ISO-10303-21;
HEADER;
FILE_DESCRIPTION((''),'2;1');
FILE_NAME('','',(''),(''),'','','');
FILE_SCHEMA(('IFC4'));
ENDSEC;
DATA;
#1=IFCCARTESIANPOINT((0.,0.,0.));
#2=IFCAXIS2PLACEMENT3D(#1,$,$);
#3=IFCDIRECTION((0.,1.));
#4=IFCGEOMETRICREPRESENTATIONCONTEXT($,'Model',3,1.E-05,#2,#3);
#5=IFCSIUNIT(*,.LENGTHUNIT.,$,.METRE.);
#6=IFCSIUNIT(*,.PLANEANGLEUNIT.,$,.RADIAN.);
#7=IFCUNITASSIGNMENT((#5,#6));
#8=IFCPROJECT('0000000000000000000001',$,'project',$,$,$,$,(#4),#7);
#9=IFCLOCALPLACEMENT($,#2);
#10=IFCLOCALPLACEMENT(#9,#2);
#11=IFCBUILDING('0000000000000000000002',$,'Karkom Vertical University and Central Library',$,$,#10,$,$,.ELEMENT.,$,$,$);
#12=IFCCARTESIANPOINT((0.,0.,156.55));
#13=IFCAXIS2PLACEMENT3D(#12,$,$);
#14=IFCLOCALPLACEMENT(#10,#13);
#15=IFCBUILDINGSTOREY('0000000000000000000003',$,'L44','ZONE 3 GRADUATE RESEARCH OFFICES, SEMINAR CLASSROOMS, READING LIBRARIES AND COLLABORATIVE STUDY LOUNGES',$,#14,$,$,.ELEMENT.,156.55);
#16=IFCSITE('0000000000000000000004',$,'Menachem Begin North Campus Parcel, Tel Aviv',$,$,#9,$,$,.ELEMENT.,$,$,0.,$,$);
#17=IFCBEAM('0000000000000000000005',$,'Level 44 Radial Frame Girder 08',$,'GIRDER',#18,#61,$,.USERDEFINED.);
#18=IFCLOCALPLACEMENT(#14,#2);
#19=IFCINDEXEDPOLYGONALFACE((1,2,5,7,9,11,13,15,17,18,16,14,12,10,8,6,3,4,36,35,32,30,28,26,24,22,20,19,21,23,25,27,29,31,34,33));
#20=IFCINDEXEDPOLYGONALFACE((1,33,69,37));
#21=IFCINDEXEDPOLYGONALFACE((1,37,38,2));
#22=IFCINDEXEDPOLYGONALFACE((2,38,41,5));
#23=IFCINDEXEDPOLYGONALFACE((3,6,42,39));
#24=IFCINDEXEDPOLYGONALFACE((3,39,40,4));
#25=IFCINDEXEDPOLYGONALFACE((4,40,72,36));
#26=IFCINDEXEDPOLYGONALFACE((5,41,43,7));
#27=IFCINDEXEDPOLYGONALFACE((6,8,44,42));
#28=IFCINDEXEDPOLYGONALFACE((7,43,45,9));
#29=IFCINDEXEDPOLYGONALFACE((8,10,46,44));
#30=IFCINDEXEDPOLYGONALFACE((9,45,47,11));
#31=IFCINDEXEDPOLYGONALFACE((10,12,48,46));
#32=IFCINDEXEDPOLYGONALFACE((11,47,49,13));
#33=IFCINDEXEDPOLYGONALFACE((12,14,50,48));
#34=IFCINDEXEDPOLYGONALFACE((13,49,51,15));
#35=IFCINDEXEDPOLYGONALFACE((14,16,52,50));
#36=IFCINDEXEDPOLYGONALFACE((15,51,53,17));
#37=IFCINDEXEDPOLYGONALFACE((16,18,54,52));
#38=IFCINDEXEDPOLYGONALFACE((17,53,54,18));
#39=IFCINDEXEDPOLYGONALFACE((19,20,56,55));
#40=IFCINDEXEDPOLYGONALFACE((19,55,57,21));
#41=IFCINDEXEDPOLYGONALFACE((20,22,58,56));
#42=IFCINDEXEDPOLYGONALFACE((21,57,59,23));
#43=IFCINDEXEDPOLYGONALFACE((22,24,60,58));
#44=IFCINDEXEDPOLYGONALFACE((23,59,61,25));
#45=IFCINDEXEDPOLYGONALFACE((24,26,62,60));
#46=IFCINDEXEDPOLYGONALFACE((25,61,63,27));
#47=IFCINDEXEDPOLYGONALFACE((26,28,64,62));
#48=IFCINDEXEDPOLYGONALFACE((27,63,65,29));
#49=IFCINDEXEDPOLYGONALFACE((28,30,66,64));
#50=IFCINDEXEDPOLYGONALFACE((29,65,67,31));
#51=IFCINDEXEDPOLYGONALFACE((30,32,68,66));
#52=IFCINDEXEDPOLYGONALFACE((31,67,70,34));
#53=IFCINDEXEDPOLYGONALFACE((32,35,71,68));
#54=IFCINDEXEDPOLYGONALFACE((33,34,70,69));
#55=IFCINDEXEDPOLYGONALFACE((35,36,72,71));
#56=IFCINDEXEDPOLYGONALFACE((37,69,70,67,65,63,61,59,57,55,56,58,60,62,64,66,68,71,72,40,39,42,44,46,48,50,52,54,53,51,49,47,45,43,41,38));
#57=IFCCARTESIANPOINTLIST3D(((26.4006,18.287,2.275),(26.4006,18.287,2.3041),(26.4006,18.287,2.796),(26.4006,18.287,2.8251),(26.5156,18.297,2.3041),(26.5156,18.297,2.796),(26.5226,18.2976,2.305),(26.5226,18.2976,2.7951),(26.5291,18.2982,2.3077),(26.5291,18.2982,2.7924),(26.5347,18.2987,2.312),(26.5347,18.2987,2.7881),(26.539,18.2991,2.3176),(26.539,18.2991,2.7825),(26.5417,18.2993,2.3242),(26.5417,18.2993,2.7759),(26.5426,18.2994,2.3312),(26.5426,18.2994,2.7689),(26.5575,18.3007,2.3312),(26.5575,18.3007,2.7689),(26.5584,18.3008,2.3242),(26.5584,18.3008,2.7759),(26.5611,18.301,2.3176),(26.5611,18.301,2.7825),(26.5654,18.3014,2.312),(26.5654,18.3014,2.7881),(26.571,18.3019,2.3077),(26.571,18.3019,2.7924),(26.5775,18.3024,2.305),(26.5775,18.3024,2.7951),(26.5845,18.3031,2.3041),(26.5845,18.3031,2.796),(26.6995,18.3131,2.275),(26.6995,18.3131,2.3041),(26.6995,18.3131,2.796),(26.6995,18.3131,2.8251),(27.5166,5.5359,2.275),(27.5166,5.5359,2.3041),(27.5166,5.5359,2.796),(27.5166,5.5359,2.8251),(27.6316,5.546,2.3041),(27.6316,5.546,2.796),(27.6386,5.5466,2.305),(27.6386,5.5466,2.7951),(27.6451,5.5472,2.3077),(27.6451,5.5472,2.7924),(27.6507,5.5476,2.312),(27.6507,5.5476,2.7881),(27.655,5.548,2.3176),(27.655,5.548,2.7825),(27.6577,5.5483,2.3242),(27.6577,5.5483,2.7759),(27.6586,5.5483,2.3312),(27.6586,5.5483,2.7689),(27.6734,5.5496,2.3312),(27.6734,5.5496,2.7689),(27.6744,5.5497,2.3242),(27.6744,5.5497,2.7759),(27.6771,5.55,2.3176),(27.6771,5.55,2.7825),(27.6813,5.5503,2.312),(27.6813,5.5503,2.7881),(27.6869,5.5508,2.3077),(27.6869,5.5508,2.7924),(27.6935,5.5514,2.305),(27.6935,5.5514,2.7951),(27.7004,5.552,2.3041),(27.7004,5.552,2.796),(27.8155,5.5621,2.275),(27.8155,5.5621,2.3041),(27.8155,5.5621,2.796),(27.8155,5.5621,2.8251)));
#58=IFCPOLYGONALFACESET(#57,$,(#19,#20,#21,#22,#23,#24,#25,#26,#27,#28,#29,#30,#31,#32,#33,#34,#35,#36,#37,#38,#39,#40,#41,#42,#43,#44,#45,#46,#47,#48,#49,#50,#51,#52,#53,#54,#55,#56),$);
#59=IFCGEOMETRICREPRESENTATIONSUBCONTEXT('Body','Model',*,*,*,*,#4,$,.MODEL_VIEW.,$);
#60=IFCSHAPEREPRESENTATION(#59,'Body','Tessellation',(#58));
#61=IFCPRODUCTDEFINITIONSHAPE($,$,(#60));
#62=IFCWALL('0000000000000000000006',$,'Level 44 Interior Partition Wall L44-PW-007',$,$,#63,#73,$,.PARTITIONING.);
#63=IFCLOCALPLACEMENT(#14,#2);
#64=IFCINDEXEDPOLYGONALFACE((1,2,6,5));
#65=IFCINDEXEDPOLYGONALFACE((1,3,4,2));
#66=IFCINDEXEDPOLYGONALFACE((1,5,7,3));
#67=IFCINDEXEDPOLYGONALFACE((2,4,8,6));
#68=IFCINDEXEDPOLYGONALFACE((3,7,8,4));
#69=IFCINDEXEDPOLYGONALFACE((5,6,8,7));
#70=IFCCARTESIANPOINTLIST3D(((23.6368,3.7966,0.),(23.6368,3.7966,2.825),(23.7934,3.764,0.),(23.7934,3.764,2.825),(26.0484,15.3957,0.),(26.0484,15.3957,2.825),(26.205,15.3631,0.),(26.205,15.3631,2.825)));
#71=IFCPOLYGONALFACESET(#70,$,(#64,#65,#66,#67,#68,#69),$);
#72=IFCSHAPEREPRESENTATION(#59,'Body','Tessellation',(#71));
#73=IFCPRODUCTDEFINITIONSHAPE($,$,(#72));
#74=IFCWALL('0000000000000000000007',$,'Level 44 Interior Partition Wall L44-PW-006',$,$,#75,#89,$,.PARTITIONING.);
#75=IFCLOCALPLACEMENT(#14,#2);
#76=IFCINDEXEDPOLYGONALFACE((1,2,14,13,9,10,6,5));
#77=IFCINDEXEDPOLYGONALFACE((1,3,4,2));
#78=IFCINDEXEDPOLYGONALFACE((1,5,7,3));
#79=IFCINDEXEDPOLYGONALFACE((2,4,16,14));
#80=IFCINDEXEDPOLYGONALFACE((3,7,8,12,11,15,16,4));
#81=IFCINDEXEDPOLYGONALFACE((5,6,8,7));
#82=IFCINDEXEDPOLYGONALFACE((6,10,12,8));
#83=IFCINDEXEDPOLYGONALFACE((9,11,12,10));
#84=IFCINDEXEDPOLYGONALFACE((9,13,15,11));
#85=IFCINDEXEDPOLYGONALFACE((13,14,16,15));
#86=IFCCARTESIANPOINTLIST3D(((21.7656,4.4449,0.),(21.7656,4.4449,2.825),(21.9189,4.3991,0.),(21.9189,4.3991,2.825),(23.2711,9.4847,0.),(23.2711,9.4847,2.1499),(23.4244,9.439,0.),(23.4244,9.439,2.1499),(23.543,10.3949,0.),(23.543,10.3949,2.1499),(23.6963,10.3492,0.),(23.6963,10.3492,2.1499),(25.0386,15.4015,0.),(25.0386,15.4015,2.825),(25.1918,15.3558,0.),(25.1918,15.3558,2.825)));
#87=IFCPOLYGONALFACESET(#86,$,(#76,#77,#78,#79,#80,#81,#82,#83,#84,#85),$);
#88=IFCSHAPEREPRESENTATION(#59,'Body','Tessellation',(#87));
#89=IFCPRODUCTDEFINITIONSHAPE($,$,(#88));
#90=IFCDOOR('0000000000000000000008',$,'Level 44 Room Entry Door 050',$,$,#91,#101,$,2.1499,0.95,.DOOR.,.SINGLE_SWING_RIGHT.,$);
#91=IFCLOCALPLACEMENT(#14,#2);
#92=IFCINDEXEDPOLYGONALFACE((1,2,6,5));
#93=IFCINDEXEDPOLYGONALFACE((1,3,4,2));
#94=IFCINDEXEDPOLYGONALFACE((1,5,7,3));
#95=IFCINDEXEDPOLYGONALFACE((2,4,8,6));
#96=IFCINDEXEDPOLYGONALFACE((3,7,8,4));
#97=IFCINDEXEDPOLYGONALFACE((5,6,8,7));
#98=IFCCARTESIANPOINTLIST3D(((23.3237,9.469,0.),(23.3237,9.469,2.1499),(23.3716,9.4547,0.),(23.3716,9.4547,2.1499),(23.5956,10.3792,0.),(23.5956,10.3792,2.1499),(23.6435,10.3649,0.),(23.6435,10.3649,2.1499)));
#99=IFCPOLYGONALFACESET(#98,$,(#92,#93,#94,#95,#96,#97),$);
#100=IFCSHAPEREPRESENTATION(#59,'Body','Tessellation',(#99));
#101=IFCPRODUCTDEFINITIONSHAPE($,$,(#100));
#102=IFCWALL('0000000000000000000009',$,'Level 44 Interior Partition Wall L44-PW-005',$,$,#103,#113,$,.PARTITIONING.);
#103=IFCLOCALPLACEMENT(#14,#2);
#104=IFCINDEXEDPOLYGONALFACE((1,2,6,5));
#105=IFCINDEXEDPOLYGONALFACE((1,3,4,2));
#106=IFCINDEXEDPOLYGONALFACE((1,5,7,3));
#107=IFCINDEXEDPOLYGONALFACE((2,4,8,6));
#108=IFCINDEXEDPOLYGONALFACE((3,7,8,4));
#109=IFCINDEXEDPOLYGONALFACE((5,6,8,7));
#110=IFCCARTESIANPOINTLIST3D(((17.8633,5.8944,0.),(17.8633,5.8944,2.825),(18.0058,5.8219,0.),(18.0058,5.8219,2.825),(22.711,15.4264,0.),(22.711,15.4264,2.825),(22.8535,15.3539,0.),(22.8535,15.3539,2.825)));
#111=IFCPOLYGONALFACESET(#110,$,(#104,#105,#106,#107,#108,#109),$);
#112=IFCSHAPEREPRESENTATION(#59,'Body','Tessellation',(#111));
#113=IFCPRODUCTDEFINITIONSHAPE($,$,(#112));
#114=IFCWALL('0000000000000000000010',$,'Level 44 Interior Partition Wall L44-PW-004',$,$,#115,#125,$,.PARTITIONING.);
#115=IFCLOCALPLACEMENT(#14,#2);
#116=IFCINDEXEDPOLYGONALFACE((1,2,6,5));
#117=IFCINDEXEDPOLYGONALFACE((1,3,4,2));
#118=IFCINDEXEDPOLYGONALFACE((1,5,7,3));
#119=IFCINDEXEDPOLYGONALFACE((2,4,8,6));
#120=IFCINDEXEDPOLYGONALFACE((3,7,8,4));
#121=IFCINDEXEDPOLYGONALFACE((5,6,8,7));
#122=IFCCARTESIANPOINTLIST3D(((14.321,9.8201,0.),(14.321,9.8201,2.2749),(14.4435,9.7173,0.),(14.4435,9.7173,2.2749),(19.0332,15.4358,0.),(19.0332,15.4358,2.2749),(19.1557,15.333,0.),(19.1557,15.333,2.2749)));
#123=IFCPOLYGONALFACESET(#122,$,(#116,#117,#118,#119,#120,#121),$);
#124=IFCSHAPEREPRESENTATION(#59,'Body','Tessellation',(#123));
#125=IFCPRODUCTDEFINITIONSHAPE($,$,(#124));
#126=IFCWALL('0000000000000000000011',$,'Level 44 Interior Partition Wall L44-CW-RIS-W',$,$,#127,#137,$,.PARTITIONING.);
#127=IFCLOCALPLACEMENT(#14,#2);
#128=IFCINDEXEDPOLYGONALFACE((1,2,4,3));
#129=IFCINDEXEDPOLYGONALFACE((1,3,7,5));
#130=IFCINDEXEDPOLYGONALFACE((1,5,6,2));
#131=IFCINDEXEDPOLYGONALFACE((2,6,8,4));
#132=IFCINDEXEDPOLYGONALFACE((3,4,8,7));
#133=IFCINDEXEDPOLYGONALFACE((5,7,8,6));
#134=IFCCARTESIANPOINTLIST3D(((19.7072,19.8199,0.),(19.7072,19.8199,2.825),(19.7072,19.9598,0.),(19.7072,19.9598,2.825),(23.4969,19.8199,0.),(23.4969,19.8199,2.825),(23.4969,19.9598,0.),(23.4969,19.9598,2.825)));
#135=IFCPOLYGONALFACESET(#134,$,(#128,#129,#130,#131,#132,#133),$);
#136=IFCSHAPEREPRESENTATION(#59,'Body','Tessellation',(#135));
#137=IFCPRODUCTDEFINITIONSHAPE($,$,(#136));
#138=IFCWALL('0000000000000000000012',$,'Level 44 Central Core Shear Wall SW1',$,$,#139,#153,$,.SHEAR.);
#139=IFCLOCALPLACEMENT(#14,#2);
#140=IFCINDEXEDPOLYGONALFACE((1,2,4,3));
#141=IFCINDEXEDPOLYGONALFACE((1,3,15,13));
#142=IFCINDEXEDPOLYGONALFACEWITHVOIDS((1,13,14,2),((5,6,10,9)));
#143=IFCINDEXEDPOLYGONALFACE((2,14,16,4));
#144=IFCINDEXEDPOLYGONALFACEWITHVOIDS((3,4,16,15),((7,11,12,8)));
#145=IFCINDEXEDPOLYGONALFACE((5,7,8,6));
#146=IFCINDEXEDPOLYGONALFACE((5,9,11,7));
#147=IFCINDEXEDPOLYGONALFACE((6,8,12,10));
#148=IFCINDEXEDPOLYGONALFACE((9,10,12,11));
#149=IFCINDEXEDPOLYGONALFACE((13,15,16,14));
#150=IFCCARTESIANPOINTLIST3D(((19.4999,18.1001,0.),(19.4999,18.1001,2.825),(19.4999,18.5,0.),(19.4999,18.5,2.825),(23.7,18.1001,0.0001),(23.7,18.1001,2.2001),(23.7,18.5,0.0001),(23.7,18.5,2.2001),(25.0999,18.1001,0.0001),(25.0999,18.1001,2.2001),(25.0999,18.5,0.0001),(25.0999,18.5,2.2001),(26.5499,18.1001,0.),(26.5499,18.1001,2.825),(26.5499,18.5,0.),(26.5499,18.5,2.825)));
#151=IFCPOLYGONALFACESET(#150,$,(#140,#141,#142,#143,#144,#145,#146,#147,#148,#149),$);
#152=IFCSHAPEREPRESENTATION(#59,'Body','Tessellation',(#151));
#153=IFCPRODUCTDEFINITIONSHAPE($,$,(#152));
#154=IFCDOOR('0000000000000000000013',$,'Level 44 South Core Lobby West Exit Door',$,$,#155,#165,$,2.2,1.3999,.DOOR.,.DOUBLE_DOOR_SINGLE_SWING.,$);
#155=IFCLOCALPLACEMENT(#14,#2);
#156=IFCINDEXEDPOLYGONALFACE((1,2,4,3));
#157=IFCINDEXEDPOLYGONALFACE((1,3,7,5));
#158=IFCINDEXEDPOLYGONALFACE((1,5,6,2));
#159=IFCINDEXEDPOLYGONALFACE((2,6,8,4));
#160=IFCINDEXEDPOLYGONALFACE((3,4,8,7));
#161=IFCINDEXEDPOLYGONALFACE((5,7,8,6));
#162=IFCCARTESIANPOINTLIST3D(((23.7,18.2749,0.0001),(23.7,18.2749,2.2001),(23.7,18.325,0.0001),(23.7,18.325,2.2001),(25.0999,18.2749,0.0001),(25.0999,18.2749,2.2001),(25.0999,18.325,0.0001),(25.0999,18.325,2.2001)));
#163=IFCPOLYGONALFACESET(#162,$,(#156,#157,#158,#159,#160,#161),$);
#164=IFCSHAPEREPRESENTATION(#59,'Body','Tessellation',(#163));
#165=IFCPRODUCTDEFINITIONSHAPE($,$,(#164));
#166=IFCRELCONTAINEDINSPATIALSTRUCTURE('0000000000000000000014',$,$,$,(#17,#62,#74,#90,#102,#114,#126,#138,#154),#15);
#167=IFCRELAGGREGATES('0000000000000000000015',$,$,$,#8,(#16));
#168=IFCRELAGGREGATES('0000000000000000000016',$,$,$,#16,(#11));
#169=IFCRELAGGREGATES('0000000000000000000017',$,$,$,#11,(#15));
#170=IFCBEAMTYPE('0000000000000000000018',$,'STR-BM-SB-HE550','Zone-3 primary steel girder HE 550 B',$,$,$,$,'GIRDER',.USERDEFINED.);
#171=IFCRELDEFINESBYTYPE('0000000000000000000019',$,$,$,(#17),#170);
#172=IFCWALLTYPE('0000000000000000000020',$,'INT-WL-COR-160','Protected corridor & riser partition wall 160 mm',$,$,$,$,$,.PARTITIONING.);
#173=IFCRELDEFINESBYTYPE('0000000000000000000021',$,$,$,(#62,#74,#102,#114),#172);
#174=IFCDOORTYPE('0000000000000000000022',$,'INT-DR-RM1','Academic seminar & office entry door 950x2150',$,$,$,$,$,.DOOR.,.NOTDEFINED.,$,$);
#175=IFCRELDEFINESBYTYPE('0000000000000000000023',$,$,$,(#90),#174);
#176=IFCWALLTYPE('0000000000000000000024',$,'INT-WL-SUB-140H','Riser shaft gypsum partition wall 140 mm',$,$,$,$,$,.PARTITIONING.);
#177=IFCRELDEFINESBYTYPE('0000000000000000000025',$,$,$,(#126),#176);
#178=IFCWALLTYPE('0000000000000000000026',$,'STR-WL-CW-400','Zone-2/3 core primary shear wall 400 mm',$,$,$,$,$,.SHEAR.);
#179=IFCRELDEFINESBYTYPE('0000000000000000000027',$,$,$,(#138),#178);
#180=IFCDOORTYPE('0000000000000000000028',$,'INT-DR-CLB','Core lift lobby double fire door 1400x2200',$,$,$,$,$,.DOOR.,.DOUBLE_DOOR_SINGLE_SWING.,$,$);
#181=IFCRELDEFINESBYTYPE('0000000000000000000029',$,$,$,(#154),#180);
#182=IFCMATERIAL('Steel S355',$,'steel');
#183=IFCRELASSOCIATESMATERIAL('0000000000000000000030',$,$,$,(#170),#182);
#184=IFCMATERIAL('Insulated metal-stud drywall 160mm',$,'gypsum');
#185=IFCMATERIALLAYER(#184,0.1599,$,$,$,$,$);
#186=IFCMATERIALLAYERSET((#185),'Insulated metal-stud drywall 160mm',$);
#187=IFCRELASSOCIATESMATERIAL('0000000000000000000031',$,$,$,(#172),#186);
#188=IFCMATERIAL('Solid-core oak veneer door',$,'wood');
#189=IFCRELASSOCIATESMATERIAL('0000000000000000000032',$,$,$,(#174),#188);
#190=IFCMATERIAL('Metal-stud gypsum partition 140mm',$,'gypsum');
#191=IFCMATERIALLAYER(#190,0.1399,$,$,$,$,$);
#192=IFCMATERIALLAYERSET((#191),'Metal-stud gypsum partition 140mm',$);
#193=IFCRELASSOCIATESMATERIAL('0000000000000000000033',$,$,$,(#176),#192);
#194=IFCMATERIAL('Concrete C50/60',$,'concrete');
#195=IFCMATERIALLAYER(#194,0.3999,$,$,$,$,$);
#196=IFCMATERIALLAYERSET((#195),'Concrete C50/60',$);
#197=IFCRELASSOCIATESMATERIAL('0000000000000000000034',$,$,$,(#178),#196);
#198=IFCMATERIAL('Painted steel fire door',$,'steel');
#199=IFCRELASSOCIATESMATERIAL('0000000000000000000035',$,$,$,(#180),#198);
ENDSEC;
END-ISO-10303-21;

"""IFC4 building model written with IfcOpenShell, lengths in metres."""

from ifc_helpers import new_model, si_unit, direction, frame, frame_2d, origin, origin_with_axes, origin_2d, place, context, subcontext, project, spatial, rectangle, i_section, extrude, source, transform, mapped, material, layer, layer_set, material_profile, profile_set, type_object, element, fill, save


model = new_model("IFC4")

# Units and contexts
model_context = context("Model", 3, precision=1e-05, world=origin(), true_north=direction((0.0, 1.0)))
body_context = subcontext(model_context, "Body", "Model", "MODEL_VIEW")
ifc_project = project(units=[si_unit("LENGTHUNIT", "METRE"), si_unit("PLANEANGLEUNIT", "RADIAN")], contexts=[model_context])

# Site, building, storey
site_placement = place(None, origin())
site = spatial("IfcSite", under=ifc_project, at=site_placement, Name="Menachem Begin North Campus Parcel, Tel Aviv", CompositionType="ELEMENT", RefElevation=0.0)
building_placement = place(site_placement, origin())
building = spatial("IfcBuilding", under=site, at=building_placement, Name="Karkom Vertical University and Central Library", CompositionType="ELEMENT")
storey_placement = place(building_placement, frame((0.0, 0.0, 156.55)))
storey = spatial("IfcBuildingStorey", under=building, at=storey_placement, Name="L44", Description="ZONE 3 GRADUATE RESEARCH OFFICES, SEMINAR CLASSROOMS, READING LIBRARIES AND COLLABORATIVE STUDY LOUNGES", CompositionType="ELEMENT", Elevation=156.55)

# Shared definitions
ifc_material_1 = material(Name="Concrete C50/60", Category="concrete")

# Beam
ifc_material_2 = material(Name="Steel S355", Category="steel")
ifc_material_profile_1 = material_profile(ifc_material_2, i_section(OverallWidth=0.3, OverallDepth=0.55, WebThickness=0.0149, FlangeThickness=0.0291, FilletRadius=0.0271, at=origin_2d()), Name="HE 550 B")
ifc_profile_set_1 = profile_set([ifc_material_profile_1], Name="Steel S355")
beam_type_1 = type_object("IfcBeamType", Name="STR-BM-SB-HE550", Description="Zone-3 primary steel girder HE 550 B", ElementType="GIRDER", PredefinedType="USERDEFINED", material=ifc_profile_set_1)
shared_shape_1 = source(origin_with_axes(), body_context, "Body", "SweptSolid", [
    extrude(i_section(OverallWidth=0.3, OverallDepth=0.55, WebThickness=0.0149, FlangeThickness=0.0291, FilletRadius=0.0271, at=origin_2d()), origin(), (0.0, 0.0, 1.0), 12.7998),
])
beam_1_placement = place(storey_placement, frame((26.55, 18.3, 2.55), z_axis=(0.087187, -0.996192, 0.0), x_axis=(0.996192, 0.087187, 0.0)))
element("IfcBeam", 1, at=beam_1_placement, inside=storey, type_object=beam_type_1, Name="Level 44 Radial Frame Girder 08", ObjectType="GIRDER", PredefinedType="USERDEFINED", context=body_context, shape_type="MappedRepresentation", body=[
    mapped(shared_shape_1, transform((0.0, 0.0, 0.0), scale=1.0)),
])

# Wall
ifc_material_3 = material(Name="Insulated metal-stud drywall 160mm", Category="gypsum")
ifc_layer_1 = layer(ifc_material_3, 0.1599)
ifc_layer_set_1 = layer_set([ifc_layer_1], Name="Insulated metal-stud drywall 160mm")
wall_type_1 = type_object("IfcWallType", Name="INT-WL-COR-160", Description="Protected corridor & riser partition wall 160 mm", PredefinedType="PARTITIONING", material=ifc_layer_set_1)
wall_1_placement = place(storey_placement, frame((26.1267, 15.3794, 0.0), z_axis=(0.0, 0.0, 1.0), x_axis=(-0.203561, -0.979062, 0.0)))
element("IfcWall", 2, at=wall_1_placement, inside=storey, type_object=wall_type_1, Name="Level 44 Interior Partition Wall L44-PW-007", PredefinedType="PARTITIONING", context=body_context, shape_type="SweptSolid", body=[
    extrude(rectangle(XDim=11.8472, YDim=0.1599, at=frame_2d((5.9236, 0.0))), origin(), (0.0, 0.0, 1.0), 2.825),
])

# Wall, opening, door
wall_2_placement = place(storey_placement, frame((25.1152, 15.3787, 0.0), z_axis=(0.0, 0.0, 1.0), x_axis=(-0.286223, -0.958163, 0.0)))
wall_2 = element("IfcWall", 3, at=wall_2_placement, inside=storey, type_object=wall_type_1, Name="Level 44 Interior Partition Wall L44-PW-006", PredefinedType="PARTITIONING", context=body_context, shape_type="SweptSolid", body=[
    extrude(rectangle(XDim=11.4351, YDim=0.1599, at=frame_2d((5.7175, 0.0))), origin(), (0.0, 0.0, 1.0), 2.825),
])
opening_1_placement = place(wall_2_placement, frame((5.2251, 0.0, 0.0)))
opening_1 = element("IfcOpeningElement", 4, at=opening_1_placement, cuts=wall_2, PredefinedType="OPENING", context=body_context, shape_type="SweptSolid", body=[
    extrude(rectangle(XDim=0.95, YDim=2.1499, at=frame_2d((0.4751, 1.075))), frame((0.0, 0.0898, 0.0), z_axis=(0.0, -1.0, 0.0), x_axis=(1.0, 0.0, 0.0)), (0.0, 0.0, 1.0), 0.1799),
])
ifc_material_4 = material(Name="Solid-core oak veneer door", Category="wood")
door_type_1 = type_object("IfcDoorType", Name="INT-DR-RM1", Description="Academic seminar & office entry door 950x2150", OperationType="NOTDEFINED", PredefinedType="DOOR", material=ifc_material_4)
shared_shape_2 = source(origin_with_axes(), body_context, "Body", "SweptSolid", [
    extrude(rectangle(XDim=0.95, YDim=2.1499, at=frame_2d((0.4751, 1.075))), frame((0.0, 0.0249, 0.0), z_axis=(0.0, -1.0, 0.0), x_axis=(1.0, 0.0, 0.0)), (0.0, 0.0, 1.0), 0.05),
])
door_1_placement = place(opening_1_placement, origin())
door_1 = element("IfcDoor", 5, at=door_1_placement, inside=storey, type_object=door_type_1, Name="Level 44 Room Entry Door 050", OperationType="SINGLE_SWING_RIGHT", OverallHeight=2.1499, OverallWidth=0.95, PredefinedType="DOOR", context=body_context, shape_type="MappedRepresentation", body=[
    mapped(shared_shape_2, transform((0.0, 0.0, 0.0), scale=1.0)),
])
fill(opening_1, door_1)

# Walls
wall_3_placement = place(storey_placement, frame((22.7822, 15.3901, 0.0), z_axis=(0.0, 0.0, 1.0), x_axis=(-0.453312, -0.891352, 0.0)))
element("IfcWall", 6, at=wall_3_placement, inside=storey, type_object=wall_type_1, Name="Level 44 Interior Partition Wall L44-PW-005", PredefinedType="PARTITIONING", context=body_context, shape_type="SweptSolid", body=[
    extrude(rectangle(XDim=10.6938, YDim=0.1599, at=frame_2d((5.3469, 0.0))), origin(), (0.0, 0.0, 1.0), 2.825),
])
wall_4_placement = place(storey_placement, frame((19.0945, 15.3845, 0.0), z_axis=(0.0, 0.0, 1.0), x_axis=(-0.642788, -0.766044, 0.0)))
element("IfcWall", 7, at=wall_4_placement, inside=storey, type_object=wall_type_1, Name="Level 44 Interior Partition Wall L44-PW-004", PredefinedType="PARTITIONING", context=body_context, shape_type="SweptSolid", body=[
    extrude(rectangle(XDim=7.3308, YDim=0.1599, at=frame_2d((3.6655, 0.0))), origin(), (0.0, 0.0, 1.0), 2.2749),
])
ifc_material_5 = material(Name="Metal-stud gypsum partition 140mm", Category="gypsum")
ifc_layer_2 = layer(ifc_material_5, 0.1399)
ifc_layer_set_2 = layer_set([ifc_layer_2], Name="Metal-stud gypsum partition 140mm")
wall_type_2 = type_object("IfcWallType", Name="INT-WL-SUB-140H", Description="Riser shaft gypsum partition wall 140 mm", PredefinedType="PARTITIONING", material=ifc_layer_set_2)
wall_5_placement = place(storey_placement, frame((19.707, 19.8899, 0.0), z_axis=(0.0, 0.0, 1.0), x_axis=(1.0, 0.0, 0.0)))
element("IfcWall", 8, at=wall_5_placement, inside=storey, type_object=wall_type_2, Name="Level 44 Interior Partition Wall L44-CW-RIS-W", PredefinedType="PARTITIONING", context=body_context, shape_type="SweptSolid", body=[
    extrude(rectangle(XDim=3.7898, YDim=0.1399, at=frame_2d((1.895, 0.0))), origin(), (0.0, 0.0, 1.0), 2.825),
])

# Wall, opening, door
ifc_layer_3 = layer(ifc_material_1, 0.3999)
ifc_layer_set_3 = layer_set([ifc_layer_3], Name="Concrete C50/60")
wall_type_3 = type_object("IfcWallType", Name="STR-WL-CW-400", Description="Zone-2/3 core primary shear wall 400 mm", PredefinedType="SHEAR", material=ifc_layer_set_3)
wall_6_placement = place(storey_placement, frame((19.5, 18.3, 0.0), z_axis=(0.0, 0.0, 1.0), x_axis=(1.0, 0.0, 0.0)))
wall_6 = element("IfcWall", 9, at=wall_6_placement, inside=storey, type_object=wall_type_3, Name="Level 44 Central Core Shear Wall SW1", PredefinedType="SHEAR", context=body_context, shape_type="SweptSolid", body=[
    extrude(rectangle(XDim=7.05, YDim=0.3999, at=frame_2d((3.5249, 0.0))), origin(), (0.0, 0.0, 1.0), 2.825),
])
opening_2_placement = place(wall_6_placement, frame((4.2, 0.0, 0.0)))
opening_2 = element("IfcOpeningElement", 10, at=opening_2_placement, cuts=wall_6, PredefinedType="OPENING", context=body_context, shape_type="SweptSolid", body=[
    extrude(rectangle(XDim=1.3999, YDim=2.2, at=frame_2d((0.7, 1.1001))), frame((0.0, 0.21, 0.0), z_axis=(0.0, -1.0, 0.0), x_axis=(1.0, 0.0, 0.0)), (0.0, 0.0, 1.0), 0.4199),
])
ifc_material_6 = material(Name="Painted steel fire door", Category="steel")
door_type_2 = type_object("IfcDoorType", Name="INT-DR-CLB", Description="Core lift lobby double fire door 1400x2200", OperationType="DOUBLE_DOOR_SINGLE_SWING", PredefinedType="DOOR", material=ifc_material_6)
shared_shape_3 = source(origin_with_axes(), body_context, "Body", "SweptSolid", [
    extrude(rectangle(XDim=1.3999, YDim=2.2, at=frame_2d((0.7, 1.1001))), frame((0.0, 0.0249, 0.0), z_axis=(0.0, -1.0, 0.0), x_axis=(1.0, 0.0, 0.0)), (0.0, 0.0, 1.0), 0.05),
])
door_2_placement = place(opening_2_placement, origin())
door_2 = element("IfcDoor", 11, at=door_2_placement, inside=storey, type_object=door_type_2, Name="Level 44 South Core Lobby West Exit Door", OperationType="DOUBLE_DOOR_SINGLE_SWING", OverallHeight=2.2, OverallWidth=1.3999, PredefinedType="DOOR", context=body_context, shape_type="MappedRepresentation", body=[
    mapped(shared_shape_3, transform((0.0, 0.0, 0.0), scale=1.0)),
])
fill(opening_2, door_2)

save(model, "model.ifc")
